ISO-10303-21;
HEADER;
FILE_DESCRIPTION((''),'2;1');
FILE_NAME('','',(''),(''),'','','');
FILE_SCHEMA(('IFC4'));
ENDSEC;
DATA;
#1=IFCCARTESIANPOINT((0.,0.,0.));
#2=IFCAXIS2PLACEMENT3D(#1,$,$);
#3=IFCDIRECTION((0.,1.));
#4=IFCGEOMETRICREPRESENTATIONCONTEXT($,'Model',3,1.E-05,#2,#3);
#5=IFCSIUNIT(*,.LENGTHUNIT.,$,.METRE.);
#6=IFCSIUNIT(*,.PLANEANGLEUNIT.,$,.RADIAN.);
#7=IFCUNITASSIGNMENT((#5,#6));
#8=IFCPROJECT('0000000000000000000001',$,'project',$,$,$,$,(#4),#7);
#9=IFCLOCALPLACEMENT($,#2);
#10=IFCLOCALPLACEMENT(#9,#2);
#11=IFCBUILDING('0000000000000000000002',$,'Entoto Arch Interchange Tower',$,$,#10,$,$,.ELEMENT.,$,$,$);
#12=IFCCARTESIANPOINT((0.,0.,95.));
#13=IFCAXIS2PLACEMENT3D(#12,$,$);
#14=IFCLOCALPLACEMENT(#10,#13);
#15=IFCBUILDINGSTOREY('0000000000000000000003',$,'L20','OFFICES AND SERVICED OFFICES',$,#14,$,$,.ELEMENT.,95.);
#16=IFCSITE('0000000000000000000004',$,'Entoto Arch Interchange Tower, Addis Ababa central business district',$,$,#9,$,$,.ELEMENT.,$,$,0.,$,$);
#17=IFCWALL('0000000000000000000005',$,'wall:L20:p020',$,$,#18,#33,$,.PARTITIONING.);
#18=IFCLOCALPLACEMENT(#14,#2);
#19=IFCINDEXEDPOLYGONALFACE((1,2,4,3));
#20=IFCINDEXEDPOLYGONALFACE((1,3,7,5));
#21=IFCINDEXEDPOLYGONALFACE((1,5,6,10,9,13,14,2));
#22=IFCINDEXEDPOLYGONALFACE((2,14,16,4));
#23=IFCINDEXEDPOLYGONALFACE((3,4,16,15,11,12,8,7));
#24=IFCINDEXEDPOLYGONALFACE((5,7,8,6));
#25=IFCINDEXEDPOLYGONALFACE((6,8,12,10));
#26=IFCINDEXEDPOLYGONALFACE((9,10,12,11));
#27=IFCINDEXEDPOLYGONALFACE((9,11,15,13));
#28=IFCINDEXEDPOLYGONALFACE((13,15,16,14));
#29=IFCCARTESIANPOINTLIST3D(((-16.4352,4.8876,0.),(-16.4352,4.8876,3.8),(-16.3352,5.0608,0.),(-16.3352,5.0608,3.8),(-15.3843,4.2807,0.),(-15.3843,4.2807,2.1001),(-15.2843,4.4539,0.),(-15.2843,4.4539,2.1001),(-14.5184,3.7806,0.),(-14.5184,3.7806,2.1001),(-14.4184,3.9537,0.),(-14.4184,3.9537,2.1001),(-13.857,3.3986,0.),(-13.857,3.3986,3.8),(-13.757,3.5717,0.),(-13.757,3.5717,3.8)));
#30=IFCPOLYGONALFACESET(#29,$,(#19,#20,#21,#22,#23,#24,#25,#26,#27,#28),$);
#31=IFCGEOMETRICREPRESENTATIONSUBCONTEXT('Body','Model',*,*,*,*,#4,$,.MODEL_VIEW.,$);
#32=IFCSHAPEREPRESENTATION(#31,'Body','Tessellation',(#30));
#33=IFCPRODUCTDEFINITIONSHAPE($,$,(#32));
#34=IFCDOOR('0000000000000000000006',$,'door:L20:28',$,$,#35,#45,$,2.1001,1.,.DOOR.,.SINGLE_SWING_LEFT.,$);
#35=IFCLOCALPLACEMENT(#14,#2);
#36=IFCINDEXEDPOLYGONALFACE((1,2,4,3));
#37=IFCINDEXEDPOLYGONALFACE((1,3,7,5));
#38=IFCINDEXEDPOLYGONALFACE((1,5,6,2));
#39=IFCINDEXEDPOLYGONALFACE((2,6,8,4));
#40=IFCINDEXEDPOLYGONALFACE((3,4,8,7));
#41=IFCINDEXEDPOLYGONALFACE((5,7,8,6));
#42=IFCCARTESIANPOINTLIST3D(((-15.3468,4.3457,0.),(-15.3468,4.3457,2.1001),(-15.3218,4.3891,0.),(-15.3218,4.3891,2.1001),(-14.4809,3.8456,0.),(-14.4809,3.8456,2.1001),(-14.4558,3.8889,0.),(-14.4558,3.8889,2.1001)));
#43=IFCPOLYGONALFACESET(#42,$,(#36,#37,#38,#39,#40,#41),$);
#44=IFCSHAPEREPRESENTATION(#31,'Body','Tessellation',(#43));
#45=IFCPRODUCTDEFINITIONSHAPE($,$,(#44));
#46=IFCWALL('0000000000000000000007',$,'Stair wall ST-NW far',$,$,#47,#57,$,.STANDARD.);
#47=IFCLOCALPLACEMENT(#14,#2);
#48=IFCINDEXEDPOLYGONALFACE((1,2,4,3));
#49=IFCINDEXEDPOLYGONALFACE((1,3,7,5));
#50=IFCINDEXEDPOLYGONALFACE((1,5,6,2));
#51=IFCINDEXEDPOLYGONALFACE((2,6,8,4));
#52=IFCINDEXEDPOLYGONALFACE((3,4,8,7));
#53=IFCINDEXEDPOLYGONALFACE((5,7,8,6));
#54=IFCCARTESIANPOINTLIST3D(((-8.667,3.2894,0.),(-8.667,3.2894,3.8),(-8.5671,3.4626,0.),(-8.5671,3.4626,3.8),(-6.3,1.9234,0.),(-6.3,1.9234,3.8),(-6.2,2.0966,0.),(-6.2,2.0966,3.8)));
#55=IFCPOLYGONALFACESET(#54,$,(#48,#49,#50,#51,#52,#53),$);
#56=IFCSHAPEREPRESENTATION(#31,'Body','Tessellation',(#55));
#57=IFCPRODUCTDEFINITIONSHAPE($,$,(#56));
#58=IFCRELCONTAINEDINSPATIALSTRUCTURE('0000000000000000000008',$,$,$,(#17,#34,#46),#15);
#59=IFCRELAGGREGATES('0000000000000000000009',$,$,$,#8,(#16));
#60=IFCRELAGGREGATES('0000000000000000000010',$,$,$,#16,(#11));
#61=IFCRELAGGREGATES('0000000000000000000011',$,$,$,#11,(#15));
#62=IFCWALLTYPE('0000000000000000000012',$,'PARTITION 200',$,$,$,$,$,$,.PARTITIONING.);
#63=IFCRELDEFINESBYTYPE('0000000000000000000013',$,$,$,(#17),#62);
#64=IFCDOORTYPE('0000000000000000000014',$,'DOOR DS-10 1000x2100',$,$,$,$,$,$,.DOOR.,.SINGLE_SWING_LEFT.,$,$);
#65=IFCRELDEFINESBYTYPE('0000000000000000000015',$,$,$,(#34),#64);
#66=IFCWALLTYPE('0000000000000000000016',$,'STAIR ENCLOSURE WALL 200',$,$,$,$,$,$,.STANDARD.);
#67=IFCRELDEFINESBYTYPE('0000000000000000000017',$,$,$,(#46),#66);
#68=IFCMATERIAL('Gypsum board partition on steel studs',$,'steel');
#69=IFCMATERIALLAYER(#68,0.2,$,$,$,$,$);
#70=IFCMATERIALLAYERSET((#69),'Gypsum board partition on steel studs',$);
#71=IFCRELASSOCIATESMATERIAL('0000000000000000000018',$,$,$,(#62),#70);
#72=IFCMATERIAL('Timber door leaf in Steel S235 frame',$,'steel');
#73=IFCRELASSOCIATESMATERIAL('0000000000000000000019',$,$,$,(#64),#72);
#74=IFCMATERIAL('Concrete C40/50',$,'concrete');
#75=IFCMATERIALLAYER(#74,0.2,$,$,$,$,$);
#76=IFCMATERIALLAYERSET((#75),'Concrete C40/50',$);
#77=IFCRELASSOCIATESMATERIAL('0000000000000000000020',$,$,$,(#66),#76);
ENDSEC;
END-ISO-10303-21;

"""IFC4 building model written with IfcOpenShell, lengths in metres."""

from ifc_helpers import new_model, si_unit, direction, frame, frame_2d, origin, place, context, subcontext, project, spatial, rectangle, extrude, material, layer, layer_set, type_object, element, fill, save


model = new_model("IFC4")

# Units and contexts
model_context = context("Model", 3, precision=1e-05, world=origin(), true_north=direction((0.0, 1.0)))
body_context = subcontext(model_context, "Body", "Model", "MODEL_VIEW")
ifc_project = project(units=[si_unit("LENGTHUNIT", "METRE"), si_unit("PLANEANGLEUNIT", "RADIAN")], contexts=[model_context])

# Site, building, storey
site_placement = place(None, origin())
site = spatial("IfcSite", under=ifc_project, at=site_placement, Name="Entoto Arch Interchange Tower, Addis Ababa central business district", CompositionType="ELEMENT", RefElevation=0.0)
building_placement = place(site_placement, origin())
building = spatial("IfcBuilding", under=site, at=building_placement, Name="Entoto Arch Interchange Tower", CompositionType="ELEMENT")
storey_placement = place(building_placement, frame((0.0, 0.0, 95.0)))
storey = spatial("IfcBuildingStorey", under=building, at=storey_placement, Name="L20", Description="OFFICES AND SERVICED OFFICES", CompositionType="ELEMENT", Elevation=95.0)

# Shared definitions
ifc_material_1 = material(Name="Concrete C40/50", Category="concrete")

# Shared definitions
ifc_material_2 = material(Name="Gypsum board partition on steel studs", Category="steel")
ifc_layer_1 = layer(ifc_material_2, 0.2)
ifc_layer_set_1 = layer_set([ifc_layer_1], Name="Gypsum board partition on steel studs")
wall_type_1 = type_object("IfcWallType", Name="PARTITION 200", PredefinedType="PARTITIONING", material=ifc_layer_set_1)

# Wall, opening, door
wall_1_placement = place(storey_placement, frame((-13.8069, 3.4851, 0.0), z_axis=(0.0, 0.0, 1.0), x_axis=(-0.865948, 0.500134, 0.0)))
wall_1 = element("IfcWall", 1, at=wall_1_placement, inside=storey, type_object=wall_type_1, Name="wall:L20:p020", PredefinedType="PARTITIONING", context=body_context, shape_type="SweptSolid", body=[
    extrude(rectangle(XDim=2.9773, YDim=0.2, at=frame_2d((1.4888, 0.0))), origin(), (0.0, 0.0, 1.0), 3.8),
])
opening_1_placement = place(wall_1_placement, frame((0.7639, 0.0, 0.0)))
opening_1 = element("IfcOpeningElement", 2, at=opening_1_placement, cuts=wall_1, PredefinedType="OPENING", context=body_context, shape_type="SweptSolid", body=[
    extrude(rectangle(XDim=1.0, YDim=2.1001, at=frame_2d((0.5, 1.05))), frame((0.0, 0.1099, 0.0), z_axis=(0.0, -1.0, 0.0), x_axis=(1.0, 0.0, 0.0)), (0.0, 0.0, 1.0), 0.22),
])
ifc_material_3 = material(Name="Timber door leaf in Steel S235 frame", Category="steel")
door_type_1 = type_object("IfcDoorType", Name="DOOR DS-10 1000x2100", OperationType="SINGLE_SWING_LEFT", PredefinedType="DOOR", material=ifc_material_3)
door_1_placement = place(opening_1_placement, origin())
door_1 = element("IfcDoor", 3, at=door_1_placement, inside=storey, type_object=door_type_1, Name="door:L20:28", OperationType="SINGLE_SWING_LEFT", OverallHeight=2.1001, OverallWidth=1.0, PredefinedType="DOOR", context=body_context, shape_type="SweptSolid", body=[
    extrude(rectangle(XDim=1.0, YDim=2.1001, at=frame_2d((0.5, 1.05))), frame((0.0, 0.0249, 0.0), z_axis=(0.0, -1.0, 0.0), x_axis=(1.0, 0.0, 0.0)), (0.0, 0.0, 1.0), 0.05),
])
fill(opening_1, door_1)

# Wall
ifc_layer_2 = layer(ifc_material_1, 0.2)
ifc_layer_set_2 = layer_set([ifc_layer_2], Name="Concrete C40/50")
wall_type_2 = type_object("IfcWallType", Name="STAIR ENCLOSURE WALL 200", PredefinedType="STANDARD", material=ifc_layer_set_2)
wall_2_placement = place(storey_placement, frame((-6.25, 2.01, 0.0), z_axis=(0.0, 0.0, 1.0), x_axis=(-0.866119, 0.499838, 0.0)))
element("IfcWall", 4, at=wall_2_placement, inside=storey, type_object=wall_type_2, Name="Stair wall ST-NW far", PredefinedType="STANDARD", context=body_context, shape_type="SweptSolid", body=[
    extrude(rectangle(XDim=2.7329, YDim=0.2, at=frame_2d((1.3665, 0.0))), origin(), (0.0, 0.0, 1.0), 3.8),
])

save(model, "model.ifc")
